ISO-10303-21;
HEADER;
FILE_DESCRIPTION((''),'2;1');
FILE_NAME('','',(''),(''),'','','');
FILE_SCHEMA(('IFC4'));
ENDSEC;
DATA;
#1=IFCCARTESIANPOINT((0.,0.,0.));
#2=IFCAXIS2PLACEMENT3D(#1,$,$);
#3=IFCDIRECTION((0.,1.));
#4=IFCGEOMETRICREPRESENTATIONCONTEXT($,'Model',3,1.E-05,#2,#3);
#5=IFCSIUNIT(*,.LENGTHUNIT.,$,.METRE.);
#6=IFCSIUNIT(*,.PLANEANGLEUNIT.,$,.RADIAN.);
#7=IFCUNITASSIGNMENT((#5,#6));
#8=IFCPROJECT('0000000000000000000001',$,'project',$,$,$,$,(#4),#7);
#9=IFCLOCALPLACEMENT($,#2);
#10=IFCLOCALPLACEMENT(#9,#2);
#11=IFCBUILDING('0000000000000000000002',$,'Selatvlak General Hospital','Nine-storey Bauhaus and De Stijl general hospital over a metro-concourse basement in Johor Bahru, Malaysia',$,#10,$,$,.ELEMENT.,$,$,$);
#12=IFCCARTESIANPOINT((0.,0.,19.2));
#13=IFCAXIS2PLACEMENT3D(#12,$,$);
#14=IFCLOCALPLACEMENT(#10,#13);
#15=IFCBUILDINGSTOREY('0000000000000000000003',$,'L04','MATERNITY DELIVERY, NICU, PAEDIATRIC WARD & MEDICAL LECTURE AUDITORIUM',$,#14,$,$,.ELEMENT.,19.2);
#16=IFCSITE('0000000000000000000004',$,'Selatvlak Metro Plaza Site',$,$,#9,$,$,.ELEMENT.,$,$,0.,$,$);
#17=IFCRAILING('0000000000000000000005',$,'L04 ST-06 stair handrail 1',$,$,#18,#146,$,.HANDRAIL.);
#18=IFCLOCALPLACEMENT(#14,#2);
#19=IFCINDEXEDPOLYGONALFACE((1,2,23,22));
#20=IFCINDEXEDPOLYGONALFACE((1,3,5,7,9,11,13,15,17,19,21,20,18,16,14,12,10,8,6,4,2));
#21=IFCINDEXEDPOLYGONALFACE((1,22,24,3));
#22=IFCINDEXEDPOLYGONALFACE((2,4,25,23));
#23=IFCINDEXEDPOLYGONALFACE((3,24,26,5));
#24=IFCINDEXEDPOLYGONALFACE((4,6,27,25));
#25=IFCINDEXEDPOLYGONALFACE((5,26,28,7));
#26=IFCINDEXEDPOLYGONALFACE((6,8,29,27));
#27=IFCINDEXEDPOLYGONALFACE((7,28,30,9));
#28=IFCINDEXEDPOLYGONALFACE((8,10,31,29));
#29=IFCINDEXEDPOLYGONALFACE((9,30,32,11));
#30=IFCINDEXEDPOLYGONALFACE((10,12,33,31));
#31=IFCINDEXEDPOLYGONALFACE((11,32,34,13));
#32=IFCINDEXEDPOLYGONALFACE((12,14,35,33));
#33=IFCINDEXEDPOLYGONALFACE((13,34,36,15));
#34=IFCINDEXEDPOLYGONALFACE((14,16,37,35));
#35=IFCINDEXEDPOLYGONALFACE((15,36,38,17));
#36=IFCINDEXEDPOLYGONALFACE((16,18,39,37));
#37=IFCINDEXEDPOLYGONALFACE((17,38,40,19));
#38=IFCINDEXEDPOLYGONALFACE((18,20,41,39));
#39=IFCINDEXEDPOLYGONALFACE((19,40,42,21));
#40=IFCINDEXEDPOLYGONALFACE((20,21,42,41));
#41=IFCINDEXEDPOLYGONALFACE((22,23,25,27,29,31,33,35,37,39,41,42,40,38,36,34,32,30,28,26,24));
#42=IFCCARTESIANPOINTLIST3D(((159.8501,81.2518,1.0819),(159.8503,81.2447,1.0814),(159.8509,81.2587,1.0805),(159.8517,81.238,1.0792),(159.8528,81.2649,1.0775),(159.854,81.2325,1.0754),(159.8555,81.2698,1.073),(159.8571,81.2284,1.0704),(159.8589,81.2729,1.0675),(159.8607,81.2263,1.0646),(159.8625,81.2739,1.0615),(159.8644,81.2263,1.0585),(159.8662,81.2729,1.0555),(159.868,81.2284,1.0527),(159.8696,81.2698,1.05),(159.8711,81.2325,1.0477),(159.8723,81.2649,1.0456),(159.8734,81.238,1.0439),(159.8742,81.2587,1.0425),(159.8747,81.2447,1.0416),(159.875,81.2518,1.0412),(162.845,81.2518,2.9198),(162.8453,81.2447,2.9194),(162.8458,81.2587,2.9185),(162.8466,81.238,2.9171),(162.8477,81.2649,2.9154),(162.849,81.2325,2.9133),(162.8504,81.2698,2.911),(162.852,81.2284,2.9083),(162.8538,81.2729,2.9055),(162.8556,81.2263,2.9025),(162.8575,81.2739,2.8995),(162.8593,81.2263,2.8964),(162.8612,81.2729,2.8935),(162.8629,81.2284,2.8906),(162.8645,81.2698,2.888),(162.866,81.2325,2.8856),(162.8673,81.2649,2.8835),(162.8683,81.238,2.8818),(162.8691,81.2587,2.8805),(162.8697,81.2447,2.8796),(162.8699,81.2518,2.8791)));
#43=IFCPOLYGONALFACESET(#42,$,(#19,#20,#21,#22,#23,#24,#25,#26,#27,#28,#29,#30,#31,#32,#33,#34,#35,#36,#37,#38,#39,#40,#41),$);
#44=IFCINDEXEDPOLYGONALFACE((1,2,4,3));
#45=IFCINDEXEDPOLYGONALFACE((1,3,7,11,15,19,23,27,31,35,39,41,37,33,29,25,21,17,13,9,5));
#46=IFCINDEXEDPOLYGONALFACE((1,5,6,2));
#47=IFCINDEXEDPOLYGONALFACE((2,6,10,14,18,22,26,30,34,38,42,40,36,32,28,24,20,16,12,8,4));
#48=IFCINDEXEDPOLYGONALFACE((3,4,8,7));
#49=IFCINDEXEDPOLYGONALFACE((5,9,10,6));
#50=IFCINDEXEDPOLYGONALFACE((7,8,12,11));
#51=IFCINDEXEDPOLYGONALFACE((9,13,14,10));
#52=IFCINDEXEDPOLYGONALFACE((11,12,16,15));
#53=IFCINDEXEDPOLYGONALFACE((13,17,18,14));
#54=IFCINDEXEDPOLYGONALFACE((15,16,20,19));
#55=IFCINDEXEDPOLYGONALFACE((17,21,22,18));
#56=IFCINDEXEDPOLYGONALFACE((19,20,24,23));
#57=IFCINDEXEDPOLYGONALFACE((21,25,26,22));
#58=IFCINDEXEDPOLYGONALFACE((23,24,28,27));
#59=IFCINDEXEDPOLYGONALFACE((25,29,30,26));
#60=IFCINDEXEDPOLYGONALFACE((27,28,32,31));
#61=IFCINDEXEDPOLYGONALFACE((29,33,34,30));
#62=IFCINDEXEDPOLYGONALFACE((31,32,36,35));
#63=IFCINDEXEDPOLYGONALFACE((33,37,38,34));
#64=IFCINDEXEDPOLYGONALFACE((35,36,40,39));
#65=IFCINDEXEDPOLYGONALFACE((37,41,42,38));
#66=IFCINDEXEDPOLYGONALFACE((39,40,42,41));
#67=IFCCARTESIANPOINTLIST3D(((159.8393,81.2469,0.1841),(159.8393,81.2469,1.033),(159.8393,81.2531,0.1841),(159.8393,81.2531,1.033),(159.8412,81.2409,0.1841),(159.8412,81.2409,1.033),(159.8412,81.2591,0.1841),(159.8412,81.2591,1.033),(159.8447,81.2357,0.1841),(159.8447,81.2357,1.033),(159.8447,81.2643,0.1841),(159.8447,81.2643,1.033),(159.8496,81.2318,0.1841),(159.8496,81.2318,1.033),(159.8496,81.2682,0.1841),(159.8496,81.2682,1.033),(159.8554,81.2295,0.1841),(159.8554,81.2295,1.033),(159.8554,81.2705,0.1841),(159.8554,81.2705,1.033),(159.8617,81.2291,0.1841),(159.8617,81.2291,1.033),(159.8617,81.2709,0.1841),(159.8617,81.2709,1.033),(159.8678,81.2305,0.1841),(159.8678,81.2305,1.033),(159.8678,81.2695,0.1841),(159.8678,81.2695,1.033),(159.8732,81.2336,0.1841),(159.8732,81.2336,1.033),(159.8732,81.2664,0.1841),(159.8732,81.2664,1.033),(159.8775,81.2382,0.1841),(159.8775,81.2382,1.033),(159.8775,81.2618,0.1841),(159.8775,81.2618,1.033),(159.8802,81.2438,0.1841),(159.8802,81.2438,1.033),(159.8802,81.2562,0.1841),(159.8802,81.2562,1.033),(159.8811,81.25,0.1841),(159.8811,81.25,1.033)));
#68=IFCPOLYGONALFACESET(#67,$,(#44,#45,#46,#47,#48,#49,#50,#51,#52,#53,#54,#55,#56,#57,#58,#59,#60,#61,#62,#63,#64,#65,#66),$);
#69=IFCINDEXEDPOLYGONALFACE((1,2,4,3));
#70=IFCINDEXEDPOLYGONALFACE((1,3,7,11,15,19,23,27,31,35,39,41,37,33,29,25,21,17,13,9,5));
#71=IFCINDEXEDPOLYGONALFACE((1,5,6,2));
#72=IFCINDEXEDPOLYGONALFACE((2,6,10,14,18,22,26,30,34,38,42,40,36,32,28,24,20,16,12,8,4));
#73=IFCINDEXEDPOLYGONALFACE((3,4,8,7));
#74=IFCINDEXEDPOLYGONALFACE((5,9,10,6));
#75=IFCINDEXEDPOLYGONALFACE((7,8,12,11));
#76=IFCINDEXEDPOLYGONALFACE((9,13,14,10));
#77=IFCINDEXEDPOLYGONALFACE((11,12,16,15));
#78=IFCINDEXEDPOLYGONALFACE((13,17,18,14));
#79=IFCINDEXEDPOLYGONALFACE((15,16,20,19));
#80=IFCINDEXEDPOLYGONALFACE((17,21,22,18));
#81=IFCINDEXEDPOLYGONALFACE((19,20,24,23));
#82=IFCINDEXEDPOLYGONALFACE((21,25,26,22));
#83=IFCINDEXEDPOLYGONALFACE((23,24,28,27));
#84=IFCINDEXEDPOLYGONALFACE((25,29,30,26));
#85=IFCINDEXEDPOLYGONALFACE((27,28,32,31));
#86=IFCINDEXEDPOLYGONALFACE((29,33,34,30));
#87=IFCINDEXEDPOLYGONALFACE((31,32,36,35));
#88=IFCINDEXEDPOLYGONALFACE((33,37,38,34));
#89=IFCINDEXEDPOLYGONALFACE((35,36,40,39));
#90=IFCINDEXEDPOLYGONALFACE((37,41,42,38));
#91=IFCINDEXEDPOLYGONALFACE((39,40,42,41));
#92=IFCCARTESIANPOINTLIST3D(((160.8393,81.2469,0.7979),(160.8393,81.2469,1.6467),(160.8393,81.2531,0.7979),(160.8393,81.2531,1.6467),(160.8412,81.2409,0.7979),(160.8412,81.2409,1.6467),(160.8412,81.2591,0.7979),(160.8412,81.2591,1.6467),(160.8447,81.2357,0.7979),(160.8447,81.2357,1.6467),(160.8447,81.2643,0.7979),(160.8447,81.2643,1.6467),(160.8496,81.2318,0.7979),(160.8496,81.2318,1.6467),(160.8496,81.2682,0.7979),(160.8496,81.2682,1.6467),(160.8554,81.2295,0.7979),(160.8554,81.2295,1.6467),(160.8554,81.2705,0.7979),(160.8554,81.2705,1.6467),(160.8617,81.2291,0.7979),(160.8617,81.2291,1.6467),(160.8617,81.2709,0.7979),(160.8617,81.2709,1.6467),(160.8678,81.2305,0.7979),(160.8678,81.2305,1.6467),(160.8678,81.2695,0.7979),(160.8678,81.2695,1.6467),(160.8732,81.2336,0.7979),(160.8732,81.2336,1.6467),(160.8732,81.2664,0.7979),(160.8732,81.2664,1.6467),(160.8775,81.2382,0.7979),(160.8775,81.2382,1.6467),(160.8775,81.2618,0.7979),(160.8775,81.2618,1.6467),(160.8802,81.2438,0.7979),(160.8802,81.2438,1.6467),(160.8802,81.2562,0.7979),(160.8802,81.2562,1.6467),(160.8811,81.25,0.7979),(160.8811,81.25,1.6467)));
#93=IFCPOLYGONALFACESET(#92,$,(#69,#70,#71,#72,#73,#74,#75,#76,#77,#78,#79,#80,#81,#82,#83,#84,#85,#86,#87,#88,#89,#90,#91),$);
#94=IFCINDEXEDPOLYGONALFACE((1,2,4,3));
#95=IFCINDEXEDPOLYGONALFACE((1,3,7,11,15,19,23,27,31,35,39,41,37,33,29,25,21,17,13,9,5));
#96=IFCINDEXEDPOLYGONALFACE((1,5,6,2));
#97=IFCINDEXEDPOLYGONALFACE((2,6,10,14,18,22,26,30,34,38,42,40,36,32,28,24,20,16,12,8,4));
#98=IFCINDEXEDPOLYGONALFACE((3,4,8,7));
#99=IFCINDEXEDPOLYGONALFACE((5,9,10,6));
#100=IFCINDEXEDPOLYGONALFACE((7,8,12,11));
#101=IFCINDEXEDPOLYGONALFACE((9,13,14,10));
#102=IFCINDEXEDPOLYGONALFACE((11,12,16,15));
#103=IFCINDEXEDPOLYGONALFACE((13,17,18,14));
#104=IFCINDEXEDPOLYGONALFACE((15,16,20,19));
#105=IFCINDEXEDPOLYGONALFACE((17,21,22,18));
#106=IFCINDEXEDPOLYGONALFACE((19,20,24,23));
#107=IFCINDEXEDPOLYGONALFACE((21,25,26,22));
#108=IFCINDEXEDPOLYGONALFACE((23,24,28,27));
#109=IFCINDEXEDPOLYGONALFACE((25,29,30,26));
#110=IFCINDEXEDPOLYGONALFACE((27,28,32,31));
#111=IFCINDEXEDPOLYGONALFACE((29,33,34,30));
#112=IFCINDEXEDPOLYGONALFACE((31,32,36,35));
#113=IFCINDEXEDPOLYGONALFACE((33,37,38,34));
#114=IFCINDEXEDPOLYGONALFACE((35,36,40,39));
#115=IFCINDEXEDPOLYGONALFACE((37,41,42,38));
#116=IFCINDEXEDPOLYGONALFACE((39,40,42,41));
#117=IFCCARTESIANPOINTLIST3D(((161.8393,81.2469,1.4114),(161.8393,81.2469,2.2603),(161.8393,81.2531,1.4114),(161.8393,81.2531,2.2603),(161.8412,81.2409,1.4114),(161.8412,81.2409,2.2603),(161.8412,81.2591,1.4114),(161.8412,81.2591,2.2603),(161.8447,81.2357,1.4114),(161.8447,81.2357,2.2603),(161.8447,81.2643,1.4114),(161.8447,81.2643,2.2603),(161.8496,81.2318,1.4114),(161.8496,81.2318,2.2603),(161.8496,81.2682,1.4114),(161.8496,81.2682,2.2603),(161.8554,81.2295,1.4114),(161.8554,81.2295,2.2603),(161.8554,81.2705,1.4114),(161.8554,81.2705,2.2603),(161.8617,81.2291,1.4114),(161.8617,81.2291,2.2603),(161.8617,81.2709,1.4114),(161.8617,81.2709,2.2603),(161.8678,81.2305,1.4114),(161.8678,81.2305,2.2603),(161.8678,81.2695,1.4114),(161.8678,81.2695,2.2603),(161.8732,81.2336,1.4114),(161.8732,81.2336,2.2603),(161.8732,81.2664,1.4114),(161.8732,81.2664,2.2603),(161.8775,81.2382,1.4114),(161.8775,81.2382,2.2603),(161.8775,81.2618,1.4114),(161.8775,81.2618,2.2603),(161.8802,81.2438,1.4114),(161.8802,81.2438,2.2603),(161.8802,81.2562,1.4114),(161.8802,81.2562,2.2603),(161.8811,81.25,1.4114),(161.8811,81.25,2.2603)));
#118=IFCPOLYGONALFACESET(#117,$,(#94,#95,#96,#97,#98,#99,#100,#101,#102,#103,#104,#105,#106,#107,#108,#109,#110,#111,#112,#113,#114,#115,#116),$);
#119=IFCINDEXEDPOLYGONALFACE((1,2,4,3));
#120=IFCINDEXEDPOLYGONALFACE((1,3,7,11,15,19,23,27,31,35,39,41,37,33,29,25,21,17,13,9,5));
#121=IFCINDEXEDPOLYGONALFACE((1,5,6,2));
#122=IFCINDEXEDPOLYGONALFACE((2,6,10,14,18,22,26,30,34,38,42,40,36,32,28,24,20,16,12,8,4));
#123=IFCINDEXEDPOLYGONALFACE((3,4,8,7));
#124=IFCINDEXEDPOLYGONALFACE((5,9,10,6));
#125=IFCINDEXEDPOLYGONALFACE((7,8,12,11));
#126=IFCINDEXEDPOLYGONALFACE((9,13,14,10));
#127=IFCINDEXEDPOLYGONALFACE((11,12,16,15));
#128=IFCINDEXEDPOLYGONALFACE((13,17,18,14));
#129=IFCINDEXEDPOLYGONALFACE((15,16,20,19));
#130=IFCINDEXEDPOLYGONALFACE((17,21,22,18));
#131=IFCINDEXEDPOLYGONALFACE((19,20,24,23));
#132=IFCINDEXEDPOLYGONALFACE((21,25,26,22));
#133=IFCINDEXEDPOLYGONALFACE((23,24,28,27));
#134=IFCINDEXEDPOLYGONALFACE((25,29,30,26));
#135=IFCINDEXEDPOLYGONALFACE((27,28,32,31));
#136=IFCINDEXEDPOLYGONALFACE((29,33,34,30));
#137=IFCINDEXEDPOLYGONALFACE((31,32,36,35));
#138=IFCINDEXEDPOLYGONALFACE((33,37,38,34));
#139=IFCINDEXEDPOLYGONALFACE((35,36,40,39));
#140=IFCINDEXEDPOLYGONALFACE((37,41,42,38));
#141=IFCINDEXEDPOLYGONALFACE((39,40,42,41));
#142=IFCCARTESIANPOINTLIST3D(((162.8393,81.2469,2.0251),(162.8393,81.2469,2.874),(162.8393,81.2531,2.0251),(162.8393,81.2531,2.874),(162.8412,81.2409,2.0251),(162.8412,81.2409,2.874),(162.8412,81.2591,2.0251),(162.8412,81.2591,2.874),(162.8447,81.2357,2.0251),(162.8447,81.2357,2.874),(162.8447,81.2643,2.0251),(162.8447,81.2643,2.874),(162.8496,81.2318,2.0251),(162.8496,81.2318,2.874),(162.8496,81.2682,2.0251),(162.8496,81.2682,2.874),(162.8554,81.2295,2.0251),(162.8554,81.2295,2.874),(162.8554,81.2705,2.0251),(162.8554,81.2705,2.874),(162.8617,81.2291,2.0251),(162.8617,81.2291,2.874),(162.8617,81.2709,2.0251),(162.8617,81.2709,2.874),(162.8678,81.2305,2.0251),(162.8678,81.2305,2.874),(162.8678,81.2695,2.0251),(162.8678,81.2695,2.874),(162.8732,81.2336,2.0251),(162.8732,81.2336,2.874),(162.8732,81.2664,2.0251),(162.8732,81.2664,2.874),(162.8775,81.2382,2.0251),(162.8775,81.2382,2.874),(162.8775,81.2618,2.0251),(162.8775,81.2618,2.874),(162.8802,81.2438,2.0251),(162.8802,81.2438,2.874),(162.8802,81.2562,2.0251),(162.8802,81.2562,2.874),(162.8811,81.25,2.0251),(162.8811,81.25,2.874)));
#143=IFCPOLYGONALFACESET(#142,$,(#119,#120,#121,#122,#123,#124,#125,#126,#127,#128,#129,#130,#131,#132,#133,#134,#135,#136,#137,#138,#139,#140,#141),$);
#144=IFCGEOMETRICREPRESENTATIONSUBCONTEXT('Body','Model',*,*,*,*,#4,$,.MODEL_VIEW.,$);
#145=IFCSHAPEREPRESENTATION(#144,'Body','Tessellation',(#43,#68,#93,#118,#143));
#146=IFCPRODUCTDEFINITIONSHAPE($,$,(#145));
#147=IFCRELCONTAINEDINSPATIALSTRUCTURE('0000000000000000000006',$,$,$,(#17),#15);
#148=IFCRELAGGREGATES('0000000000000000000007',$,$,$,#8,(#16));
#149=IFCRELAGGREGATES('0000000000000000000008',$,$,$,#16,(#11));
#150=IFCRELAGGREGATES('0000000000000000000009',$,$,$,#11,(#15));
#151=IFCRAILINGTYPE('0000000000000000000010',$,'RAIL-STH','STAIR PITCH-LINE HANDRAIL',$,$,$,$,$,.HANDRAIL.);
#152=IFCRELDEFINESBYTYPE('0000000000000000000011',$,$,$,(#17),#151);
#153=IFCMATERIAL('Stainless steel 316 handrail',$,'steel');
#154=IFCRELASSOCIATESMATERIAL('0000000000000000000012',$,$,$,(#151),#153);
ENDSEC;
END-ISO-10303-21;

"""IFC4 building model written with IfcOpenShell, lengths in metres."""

from ifc_helpers import new_model, si_unit, direction, frame, origin, origin_2d, place, context, subcontext, project, spatial, circle, extrude, material, type_object, element, save


model = new_model("IFC4")

# Units and contexts
model_context = context("Model", 3, precision=1e-05, world=origin(), true_north=direction((0.0, 1.0)))
body_context = subcontext(model_context, "Body", "Model", "MODEL_VIEW")
ifc_project = project(units=[si_unit("LENGTHUNIT", "METRE"), si_unit("PLANEANGLEUNIT", "RADIAN")], contexts=[model_context])

# Site, building, storey
site_placement = place(None, origin())
site = spatial("IfcSite", under=ifc_project, at=site_placement, Name="Selatvlak Metro Plaza Site", CompositionType="ELEMENT", RefElevation=0.0)
building_placement = place(site_placement, origin())
building = spatial("IfcBuilding", under=site, at=building_placement, Name="Selatvlak General Hospital", Description="Nine-storey Bauhaus and De Stijl general hospital over a metro-concourse basement in Johor Bahru, Malaysia", CompositionType="ELEMENT")
storey_placement = place(building_placement, frame((0.0, 0.0, 19.2)))
storey = spatial("IfcBuildingStorey", under=building, at=storey_placement, Name="L04", Description="MATERNITY DELIVERY, NICU, PAEDIATRIC WARD & MEDICAL LECTURE AUDITORIUM", CompositionType="ELEMENT", Elevation=19.2)

# Railing
ifc_material_1 = material(Name="Stainless steel 316 handrail", Category="steel")
railing_type_1 = type_object("IfcRailingType", Name="RAIL-STH", Description="STAIR PITCH-LINE HANDRAIL", PredefinedType="HANDRAIL", material=ifc_material_1)
railing_1_placement = place(storey_placement, frame((159.8601, 81.25, 0.1841)))
element("IfcRailing", 1, at=railing_1_placement, inside=storey, type_object=railing_type_1, Name="L04 ST-06 stair handrail 1", PredefinedType="HANDRAIL", context=body_context, shape_type="SweptSolid", body=[
    extrude(circle(Radius=0.0239, at=origin_2d()), frame((0.0024, 0.0, 0.8774), z_axis=(0.852303, 0.0, 0.523048), x_axis=(0.0, 1.0, 0.0)), (0.0, 0.0, 1.0), 3.5139),
    extrude(circle(Radius=0.021, at=origin_2d()), origin(), (0.0, 0.0, 1.0), 0.8489),
    extrude(circle(Radius=0.021, at=origin_2d()), frame((1.0, 0.0, 0.6138)), (0.0, 0.0, 1.0), 0.8489),
    extrude(circle(Radius=0.021, at=origin_2d()), frame((2.0, 0.0, 1.2273)), (0.0, 0.0, 1.0), 0.8489),
    extrude(circle(Radius=0.021, at=origin_2d()), frame((3.0, 0.0, 1.8411)), (0.0, 0.0, 1.0), 0.8489),
])

save(model, "model.ifc")
